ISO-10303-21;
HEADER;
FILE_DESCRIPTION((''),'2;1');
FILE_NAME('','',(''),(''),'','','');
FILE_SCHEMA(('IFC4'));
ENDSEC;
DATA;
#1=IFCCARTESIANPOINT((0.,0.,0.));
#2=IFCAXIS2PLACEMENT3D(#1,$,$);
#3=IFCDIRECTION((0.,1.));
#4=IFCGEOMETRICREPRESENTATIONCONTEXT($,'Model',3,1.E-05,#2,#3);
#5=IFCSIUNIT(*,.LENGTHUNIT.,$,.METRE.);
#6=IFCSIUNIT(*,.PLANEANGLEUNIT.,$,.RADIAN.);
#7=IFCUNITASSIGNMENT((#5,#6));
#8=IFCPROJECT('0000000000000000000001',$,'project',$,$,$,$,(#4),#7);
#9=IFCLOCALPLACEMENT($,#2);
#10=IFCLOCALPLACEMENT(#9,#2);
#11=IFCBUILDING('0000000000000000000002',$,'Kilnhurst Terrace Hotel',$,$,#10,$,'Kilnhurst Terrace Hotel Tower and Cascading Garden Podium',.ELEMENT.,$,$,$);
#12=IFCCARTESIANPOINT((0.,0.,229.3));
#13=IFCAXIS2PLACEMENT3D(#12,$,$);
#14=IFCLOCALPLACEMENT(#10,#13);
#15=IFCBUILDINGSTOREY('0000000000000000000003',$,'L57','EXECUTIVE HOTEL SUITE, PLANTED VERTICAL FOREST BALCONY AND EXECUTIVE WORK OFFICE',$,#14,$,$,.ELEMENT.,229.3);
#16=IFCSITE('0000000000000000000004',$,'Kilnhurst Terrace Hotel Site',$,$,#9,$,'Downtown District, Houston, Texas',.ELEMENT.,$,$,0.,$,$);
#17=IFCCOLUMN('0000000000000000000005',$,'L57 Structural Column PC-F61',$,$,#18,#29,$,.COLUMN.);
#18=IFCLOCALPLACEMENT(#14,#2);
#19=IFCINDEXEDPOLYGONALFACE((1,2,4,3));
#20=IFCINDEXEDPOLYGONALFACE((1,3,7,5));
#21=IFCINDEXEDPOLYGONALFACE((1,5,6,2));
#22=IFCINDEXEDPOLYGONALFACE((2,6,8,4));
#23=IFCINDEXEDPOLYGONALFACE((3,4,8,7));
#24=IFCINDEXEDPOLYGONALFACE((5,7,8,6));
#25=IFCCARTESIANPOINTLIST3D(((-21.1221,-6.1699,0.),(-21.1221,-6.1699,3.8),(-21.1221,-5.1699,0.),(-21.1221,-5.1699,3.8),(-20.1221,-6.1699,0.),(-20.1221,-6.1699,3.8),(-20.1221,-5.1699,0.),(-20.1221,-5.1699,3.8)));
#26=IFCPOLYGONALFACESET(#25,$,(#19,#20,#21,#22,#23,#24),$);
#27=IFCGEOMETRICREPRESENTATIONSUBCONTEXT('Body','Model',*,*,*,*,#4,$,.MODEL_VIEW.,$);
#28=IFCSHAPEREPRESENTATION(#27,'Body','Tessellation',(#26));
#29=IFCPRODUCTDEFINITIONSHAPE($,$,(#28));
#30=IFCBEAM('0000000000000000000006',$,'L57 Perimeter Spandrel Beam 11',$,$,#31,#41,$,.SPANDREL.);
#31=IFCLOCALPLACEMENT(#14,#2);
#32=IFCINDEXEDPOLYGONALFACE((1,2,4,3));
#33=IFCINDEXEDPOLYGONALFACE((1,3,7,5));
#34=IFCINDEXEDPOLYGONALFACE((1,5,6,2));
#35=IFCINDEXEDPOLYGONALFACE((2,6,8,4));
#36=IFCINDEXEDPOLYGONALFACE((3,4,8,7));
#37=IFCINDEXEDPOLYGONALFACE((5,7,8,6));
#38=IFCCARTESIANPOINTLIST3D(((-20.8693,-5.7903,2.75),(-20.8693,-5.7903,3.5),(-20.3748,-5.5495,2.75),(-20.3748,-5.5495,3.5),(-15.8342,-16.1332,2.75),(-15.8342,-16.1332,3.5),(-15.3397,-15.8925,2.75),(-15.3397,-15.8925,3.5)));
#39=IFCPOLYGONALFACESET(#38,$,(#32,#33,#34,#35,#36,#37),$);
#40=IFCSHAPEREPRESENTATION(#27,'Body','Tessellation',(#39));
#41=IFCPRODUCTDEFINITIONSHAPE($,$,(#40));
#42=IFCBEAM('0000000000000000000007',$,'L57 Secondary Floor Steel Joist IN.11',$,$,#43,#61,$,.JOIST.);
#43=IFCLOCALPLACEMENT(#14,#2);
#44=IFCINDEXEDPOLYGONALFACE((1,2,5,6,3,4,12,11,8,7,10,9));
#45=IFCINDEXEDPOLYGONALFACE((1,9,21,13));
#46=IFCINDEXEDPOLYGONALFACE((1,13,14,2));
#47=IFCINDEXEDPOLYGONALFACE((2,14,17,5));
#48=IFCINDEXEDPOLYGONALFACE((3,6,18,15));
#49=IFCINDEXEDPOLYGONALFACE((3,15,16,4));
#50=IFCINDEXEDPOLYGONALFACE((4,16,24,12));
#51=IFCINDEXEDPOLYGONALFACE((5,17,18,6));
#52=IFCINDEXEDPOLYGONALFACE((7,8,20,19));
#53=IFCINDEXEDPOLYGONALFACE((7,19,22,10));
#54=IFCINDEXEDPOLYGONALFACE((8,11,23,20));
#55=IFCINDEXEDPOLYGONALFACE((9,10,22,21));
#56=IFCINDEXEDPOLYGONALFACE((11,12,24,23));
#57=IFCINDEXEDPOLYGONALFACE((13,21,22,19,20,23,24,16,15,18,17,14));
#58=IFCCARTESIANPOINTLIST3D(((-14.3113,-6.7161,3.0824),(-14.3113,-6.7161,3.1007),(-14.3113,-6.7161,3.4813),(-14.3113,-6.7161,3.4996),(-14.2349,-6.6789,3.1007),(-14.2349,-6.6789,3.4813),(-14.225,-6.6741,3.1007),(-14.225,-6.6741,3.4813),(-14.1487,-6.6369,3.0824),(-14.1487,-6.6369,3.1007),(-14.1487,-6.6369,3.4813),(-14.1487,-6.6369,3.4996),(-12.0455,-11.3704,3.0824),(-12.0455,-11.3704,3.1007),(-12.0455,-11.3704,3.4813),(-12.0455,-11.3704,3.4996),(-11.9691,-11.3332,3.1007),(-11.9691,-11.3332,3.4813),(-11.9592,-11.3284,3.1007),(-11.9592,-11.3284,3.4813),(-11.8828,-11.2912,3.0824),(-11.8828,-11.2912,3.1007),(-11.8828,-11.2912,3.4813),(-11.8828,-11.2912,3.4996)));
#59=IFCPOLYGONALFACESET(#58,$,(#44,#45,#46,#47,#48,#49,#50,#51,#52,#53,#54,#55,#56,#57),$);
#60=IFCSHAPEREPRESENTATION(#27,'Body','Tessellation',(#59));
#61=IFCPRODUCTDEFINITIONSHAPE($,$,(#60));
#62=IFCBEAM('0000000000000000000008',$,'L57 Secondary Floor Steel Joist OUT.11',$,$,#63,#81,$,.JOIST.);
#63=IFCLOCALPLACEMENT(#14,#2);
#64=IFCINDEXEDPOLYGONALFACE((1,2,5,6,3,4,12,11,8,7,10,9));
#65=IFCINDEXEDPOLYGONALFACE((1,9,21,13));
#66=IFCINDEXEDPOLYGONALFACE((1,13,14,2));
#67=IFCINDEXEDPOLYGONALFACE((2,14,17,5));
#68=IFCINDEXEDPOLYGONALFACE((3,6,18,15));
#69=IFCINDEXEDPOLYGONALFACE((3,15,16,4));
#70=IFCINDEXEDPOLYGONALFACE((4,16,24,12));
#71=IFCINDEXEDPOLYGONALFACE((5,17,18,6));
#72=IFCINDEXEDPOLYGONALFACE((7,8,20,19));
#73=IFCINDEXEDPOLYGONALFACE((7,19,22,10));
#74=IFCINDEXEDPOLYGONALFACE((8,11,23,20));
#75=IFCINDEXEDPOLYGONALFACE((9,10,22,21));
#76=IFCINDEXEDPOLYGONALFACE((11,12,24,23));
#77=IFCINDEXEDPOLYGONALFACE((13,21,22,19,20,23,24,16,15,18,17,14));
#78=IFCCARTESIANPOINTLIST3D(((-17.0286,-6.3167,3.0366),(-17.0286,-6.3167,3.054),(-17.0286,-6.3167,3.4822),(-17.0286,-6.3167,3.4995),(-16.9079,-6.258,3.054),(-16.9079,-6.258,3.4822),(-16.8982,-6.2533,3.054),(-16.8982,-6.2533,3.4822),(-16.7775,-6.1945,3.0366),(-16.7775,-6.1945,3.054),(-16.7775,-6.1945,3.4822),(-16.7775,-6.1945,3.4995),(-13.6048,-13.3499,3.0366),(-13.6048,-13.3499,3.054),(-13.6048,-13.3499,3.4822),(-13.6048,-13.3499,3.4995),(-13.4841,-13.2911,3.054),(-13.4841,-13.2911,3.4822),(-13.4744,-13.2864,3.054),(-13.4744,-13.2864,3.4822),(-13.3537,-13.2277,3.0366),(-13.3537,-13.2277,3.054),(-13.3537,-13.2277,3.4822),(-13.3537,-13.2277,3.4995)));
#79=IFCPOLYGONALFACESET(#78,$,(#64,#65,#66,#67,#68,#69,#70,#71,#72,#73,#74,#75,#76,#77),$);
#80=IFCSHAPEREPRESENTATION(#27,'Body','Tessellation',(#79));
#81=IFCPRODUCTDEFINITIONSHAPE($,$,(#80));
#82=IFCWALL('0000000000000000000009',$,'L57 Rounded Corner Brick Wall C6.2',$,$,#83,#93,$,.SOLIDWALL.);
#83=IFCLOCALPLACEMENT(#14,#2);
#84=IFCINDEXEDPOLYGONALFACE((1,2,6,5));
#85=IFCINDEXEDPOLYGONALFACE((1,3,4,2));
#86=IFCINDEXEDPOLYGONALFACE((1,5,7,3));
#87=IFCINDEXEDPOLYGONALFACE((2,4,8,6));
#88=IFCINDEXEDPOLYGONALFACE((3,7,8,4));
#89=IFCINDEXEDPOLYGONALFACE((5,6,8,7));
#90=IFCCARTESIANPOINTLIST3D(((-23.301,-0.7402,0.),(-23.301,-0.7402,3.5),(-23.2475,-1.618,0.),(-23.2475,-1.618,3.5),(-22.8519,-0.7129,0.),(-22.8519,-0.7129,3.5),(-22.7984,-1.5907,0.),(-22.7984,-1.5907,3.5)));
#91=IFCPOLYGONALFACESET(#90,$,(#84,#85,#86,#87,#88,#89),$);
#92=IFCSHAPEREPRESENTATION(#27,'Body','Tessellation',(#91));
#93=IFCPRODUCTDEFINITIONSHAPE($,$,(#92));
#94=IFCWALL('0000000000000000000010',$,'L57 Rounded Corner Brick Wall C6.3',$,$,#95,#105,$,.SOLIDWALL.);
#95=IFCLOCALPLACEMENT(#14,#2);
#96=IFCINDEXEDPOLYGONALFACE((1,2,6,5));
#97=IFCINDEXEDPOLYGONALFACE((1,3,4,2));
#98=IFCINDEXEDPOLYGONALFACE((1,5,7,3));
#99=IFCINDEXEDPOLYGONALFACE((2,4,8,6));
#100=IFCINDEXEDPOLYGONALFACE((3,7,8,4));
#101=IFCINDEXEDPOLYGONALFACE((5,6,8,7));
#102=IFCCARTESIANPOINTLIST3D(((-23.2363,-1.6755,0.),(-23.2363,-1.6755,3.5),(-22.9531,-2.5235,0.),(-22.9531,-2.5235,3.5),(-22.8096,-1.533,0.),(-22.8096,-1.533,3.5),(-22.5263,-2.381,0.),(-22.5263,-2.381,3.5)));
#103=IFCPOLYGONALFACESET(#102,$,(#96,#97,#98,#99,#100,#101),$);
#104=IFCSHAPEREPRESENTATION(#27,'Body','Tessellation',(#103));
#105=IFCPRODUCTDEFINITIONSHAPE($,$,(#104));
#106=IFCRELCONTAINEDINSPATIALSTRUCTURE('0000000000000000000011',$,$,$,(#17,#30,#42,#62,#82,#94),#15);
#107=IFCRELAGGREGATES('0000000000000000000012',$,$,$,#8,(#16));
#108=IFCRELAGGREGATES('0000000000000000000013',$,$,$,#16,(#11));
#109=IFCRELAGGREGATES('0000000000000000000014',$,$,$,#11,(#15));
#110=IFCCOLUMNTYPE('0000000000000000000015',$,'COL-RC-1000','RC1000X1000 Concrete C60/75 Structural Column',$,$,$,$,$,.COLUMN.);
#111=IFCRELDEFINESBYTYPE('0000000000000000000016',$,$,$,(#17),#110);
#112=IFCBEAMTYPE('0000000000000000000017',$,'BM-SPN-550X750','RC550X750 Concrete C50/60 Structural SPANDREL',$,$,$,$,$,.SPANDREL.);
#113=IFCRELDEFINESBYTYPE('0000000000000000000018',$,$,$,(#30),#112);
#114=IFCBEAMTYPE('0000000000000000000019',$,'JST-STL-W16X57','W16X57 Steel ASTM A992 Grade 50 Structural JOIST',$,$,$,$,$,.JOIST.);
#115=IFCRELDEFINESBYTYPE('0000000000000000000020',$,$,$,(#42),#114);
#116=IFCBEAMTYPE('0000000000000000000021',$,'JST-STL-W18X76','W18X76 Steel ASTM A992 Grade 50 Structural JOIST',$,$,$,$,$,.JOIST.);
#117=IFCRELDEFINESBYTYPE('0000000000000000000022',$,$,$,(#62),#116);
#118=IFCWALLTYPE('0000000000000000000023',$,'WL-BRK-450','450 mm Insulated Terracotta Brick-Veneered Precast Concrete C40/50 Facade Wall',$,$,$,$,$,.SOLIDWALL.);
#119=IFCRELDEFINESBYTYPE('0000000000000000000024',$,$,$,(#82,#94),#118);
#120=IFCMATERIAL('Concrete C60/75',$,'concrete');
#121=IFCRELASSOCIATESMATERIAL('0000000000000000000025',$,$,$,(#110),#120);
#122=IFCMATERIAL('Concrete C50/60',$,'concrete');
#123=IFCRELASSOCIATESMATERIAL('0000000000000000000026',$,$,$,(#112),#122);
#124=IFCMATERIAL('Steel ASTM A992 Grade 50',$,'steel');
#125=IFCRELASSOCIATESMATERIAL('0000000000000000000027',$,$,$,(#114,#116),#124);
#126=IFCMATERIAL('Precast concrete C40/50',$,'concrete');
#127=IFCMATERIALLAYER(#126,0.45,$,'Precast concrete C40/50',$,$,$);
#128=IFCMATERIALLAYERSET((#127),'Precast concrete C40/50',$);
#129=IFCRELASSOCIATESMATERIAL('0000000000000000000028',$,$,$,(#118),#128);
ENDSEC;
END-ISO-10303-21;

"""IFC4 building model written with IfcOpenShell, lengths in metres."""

from ifc_helpers import new_model, si_unit, direction, frame, frame_2d, origin, origin_2d, place, context, subcontext, project, spatial, rectangle, i_section, extrude, material, layer, layer_set, material_profile, profile_set, type_object, element, save


model = new_model("IFC4")

# Units and contexts
model_context = context("Model", 3, precision=1e-05, world=origin(), true_north=direction((0.0, 1.0)))
body_context = subcontext(model_context, "Body", "Model", "MODEL_VIEW")
ifc_project = project(units=[si_unit("LENGTHUNIT", "METRE"), si_unit("PLANEANGLEUNIT", "RADIAN")], contexts=[model_context])

# Site, building, storey
site_placement = place(None, origin())
site = spatial("IfcSite", under=ifc_project, at=site_placement, Name="Kilnhurst Terrace Hotel Site", LongName="Downtown District, Houston, Texas", CompositionType="ELEMENT", RefElevation=0.0)
building_placement = place(site_placement, origin())
building = spatial("IfcBuilding", under=site, at=building_placement, Name="Kilnhurst Terrace Hotel", LongName="Kilnhurst Terrace Hotel Tower and Cascading Garden Podium", CompositionType="ELEMENT")
storey_placement = place(building_placement, frame((0.0, 0.0, 229.3)))
storey = spatial("IfcBuildingStorey", under=building, at=storey_placement, Name="L57", Description="EXECUTIVE HOTEL SUITE, PLANTED VERTICAL FOREST BALCONY AND EXECUTIVE WORK OFFICE", CompositionType="ELEMENT", Elevation=229.3)

# Column
ifc_material_1 = material(Name="Concrete C60/75", Category="concrete")
ifc_material_profile_1 = material_profile(ifc_material_1, rectangle(XDim=1.0, YDim=1.0, at=origin_2d()), Name="RC1000X1000")
ifc_profile_set_1 = profile_set([ifc_material_profile_1], Name="Concrete C60/75")
column_type = type_object("IfcColumnType", Name="COL-RC-1000", Description="RC1000X1000 Concrete C60/75 Structural Column", PredefinedType="COLUMN", material=ifc_profile_set_1)
column_placement = place(storey_placement, frame((-20.6221, -5.6699, 0.0), z_axis=(0.0, 0.0, 1.0), x_axis=(1.0, 0.0, 0.0)))
element("IfcColumn", 1, at=column_placement, inside=storey, type_object=column_type, Name="L57 Structural Column PC-F61", PredefinedType="COLUMN", context=body_context, shape_type="SweptSolid", body=[
    extrude(rectangle(XDim=1.0, YDim=1.0, at=origin_2d()), origin(), (0.0, 0.0, 1.0), 3.8),
])

# Beams
ifc_material_2 = material(Name="Concrete C50/60", Category="concrete")
ifc_material_profile_2 = material_profile(ifc_material_2, rectangle(XDim=0.55, YDim=0.75, at=origin_2d()), Name="RC550X750")
ifc_profile_set_2 = profile_set([ifc_material_profile_2], Name="Concrete C50/60")
beam_type_1 = type_object("IfcBeamType", Name="BM-SPN-550X750", Description="RC550X750 Concrete C50/60 Structural SPANDREL", PredefinedType="SPANDREL", material=ifc_profile_set_2)
beam_1_placement = place(storey_placement, frame((-20.6221, -5.6699, 3.125), z_axis=(0.437706, -0.899118, 0.0), x_axis=(0.899118, 0.437706, 0.0)))
element("IfcBeam", 2, at=beam_1_placement, inside=storey, type_object=beam_type_1, Name="L57 Perimeter Spandrel Beam 11", PredefinedType="SPANDREL", context=body_context, shape_type="SweptSolid", body=[
    extrude(rectangle(XDim=0.55, YDim=0.75, at=origin_2d()), origin(), (0.0, 0.0, 1.0), 11.5034),
])
ifc_material_3 = material(Name="Steel ASTM A992 Grade 50", Category="steel")
ifc_material_profile_3 = material_profile(ifc_material_3, i_section(OverallWidth=0.1809, OverallDepth=0.4172, WebThickness=0.011, FlangeThickness=0.0183, at=origin_2d()), Name="W16X57")
ifc_profile_set_3 = profile_set([ifc_material_profile_3], Name="Steel ASTM A992 Grade 50")
beam_type_2 = type_object("IfcBeamType", Name="JST-STL-W16X57", Description="W16X57 Steel ASTM A992 Grade 50 Structural JOIST", PredefinedType="JOIST", material=ifc_profile_set_3)
beam_2_placement = place(storey_placement, frame((-14.23, -6.6765, 3.291), z_axis=(0.437718, -0.899112, 0.0), x_axis=(0.899112, 0.437718, 0.0)))
element("IfcBeam", 3, at=beam_2_placement, inside=storey, type_object=beam_type_2, Name="L57 Secondary Floor Steel Joist IN.11", PredefinedType="JOIST", context=body_context, shape_type="SweptSolid", body=[
    extrude(i_section(OverallWidth=0.1809, OverallDepth=0.4172, WebThickness=0.011, FlangeThickness=0.0183, at=origin_2d()), origin(), (0.0, 0.0, 1.0), 5.1765),
])
ifc_material_profile_4 = material_profile(ifc_material_3, i_section(OverallWidth=0.2793, OverallDepth=0.4629, WebThickness=0.0107, FlangeThickness=0.0173, at=origin_2d()), Name="W18X76")
ifc_profile_set_4 = profile_set([ifc_material_profile_4], Name="Steel ASTM A992 Grade 50")
beam_type_3 = type_object("IfcBeamType", Name="JST-STL-W18X76", Description="W18X76 Steel ASTM A992 Grade 50 Structural JOIST", PredefinedType="JOIST", material=ifc_profile_set_4)
beam_3_placement = place(storey_placement, frame((-16.9031, -6.2556, 3.2681), z_axis=(0.4377, -0.899121, 0.0), x_axis=(0.899121, 0.4377, 0.0)))
element("IfcBeam", 4, at=beam_3_placement, inside=storey, type_object=beam_type_3, Name="L57 Secondary Floor Steel Joist OUT.11", PredefinedType="JOIST", context=body_context, shape_type="SweptSolid", body=[
    extrude(i_section(OverallWidth=0.2793, OverallDepth=0.4629, WebThickness=0.0107, FlangeThickness=0.0173, at=origin_2d()), origin(), (0.0, 0.0, 1.0), 7.8223),
])

# Walls
ifc_material_4 = material(Name="Precast concrete C40/50", Category="concrete")
ifc_layer_1 = layer(ifc_material_4, 0.45, Name="Precast concrete C40/50")
ifc_layer_set_1 = layer_set([ifc_layer_1], Name="Precast concrete C40/50")
wall_type_1 = type_object("IfcWallType", Name="WL-BRK-450", Description="450 mm Insulated Terracotta Brick-Veneered Precast Concrete C40/50 Facade Wall", PredefinedType="SOLIDWALL", material=ifc_layer_set_1)
wall_1_placement = place(storey_placement, frame((-23.0764, -0.7266, 0.0), z_axis=(0.0, 0.0, 1.0), x_axis=(0.060805, -0.99815, 0.0)))
element("IfcWall", 5, at=wall_1_placement, inside=storey, type_object=wall_type_1, Name="L57 Rounded Corner Brick Wall C6.2", PredefinedType="SOLIDWALL", context=body_context, shape_type="SweptSolid", body=[
    extrude(rectangle(XDim=0.8794, YDim=0.45, at=frame_2d((0.4397, 0.0))), origin(), (0.0, 0.0, 1.0), 3.5),
])
wall_2_placement = place(storey_placement, frame((-23.0229, -1.6042, 0.0), z_axis=(0.0, 0.0, 1.0), x_axis=(0.316801, -0.948492, 0.0)))
element("IfcWall", 6, at=wall_2_placement, inside=storey, type_object=wall_type_1, Name="L57 Rounded Corner Brick Wall C6.3", PredefinedType="SOLIDWALL", context=body_context, shape_type="SweptSolid", body=[
    extrude(rectangle(XDim=0.894, YDim=0.45, at=frame_2d((0.447, 0.0))), origin(), (0.0, 0.0, 1.0), 3.5),
])

save(model, "model.ifc")
